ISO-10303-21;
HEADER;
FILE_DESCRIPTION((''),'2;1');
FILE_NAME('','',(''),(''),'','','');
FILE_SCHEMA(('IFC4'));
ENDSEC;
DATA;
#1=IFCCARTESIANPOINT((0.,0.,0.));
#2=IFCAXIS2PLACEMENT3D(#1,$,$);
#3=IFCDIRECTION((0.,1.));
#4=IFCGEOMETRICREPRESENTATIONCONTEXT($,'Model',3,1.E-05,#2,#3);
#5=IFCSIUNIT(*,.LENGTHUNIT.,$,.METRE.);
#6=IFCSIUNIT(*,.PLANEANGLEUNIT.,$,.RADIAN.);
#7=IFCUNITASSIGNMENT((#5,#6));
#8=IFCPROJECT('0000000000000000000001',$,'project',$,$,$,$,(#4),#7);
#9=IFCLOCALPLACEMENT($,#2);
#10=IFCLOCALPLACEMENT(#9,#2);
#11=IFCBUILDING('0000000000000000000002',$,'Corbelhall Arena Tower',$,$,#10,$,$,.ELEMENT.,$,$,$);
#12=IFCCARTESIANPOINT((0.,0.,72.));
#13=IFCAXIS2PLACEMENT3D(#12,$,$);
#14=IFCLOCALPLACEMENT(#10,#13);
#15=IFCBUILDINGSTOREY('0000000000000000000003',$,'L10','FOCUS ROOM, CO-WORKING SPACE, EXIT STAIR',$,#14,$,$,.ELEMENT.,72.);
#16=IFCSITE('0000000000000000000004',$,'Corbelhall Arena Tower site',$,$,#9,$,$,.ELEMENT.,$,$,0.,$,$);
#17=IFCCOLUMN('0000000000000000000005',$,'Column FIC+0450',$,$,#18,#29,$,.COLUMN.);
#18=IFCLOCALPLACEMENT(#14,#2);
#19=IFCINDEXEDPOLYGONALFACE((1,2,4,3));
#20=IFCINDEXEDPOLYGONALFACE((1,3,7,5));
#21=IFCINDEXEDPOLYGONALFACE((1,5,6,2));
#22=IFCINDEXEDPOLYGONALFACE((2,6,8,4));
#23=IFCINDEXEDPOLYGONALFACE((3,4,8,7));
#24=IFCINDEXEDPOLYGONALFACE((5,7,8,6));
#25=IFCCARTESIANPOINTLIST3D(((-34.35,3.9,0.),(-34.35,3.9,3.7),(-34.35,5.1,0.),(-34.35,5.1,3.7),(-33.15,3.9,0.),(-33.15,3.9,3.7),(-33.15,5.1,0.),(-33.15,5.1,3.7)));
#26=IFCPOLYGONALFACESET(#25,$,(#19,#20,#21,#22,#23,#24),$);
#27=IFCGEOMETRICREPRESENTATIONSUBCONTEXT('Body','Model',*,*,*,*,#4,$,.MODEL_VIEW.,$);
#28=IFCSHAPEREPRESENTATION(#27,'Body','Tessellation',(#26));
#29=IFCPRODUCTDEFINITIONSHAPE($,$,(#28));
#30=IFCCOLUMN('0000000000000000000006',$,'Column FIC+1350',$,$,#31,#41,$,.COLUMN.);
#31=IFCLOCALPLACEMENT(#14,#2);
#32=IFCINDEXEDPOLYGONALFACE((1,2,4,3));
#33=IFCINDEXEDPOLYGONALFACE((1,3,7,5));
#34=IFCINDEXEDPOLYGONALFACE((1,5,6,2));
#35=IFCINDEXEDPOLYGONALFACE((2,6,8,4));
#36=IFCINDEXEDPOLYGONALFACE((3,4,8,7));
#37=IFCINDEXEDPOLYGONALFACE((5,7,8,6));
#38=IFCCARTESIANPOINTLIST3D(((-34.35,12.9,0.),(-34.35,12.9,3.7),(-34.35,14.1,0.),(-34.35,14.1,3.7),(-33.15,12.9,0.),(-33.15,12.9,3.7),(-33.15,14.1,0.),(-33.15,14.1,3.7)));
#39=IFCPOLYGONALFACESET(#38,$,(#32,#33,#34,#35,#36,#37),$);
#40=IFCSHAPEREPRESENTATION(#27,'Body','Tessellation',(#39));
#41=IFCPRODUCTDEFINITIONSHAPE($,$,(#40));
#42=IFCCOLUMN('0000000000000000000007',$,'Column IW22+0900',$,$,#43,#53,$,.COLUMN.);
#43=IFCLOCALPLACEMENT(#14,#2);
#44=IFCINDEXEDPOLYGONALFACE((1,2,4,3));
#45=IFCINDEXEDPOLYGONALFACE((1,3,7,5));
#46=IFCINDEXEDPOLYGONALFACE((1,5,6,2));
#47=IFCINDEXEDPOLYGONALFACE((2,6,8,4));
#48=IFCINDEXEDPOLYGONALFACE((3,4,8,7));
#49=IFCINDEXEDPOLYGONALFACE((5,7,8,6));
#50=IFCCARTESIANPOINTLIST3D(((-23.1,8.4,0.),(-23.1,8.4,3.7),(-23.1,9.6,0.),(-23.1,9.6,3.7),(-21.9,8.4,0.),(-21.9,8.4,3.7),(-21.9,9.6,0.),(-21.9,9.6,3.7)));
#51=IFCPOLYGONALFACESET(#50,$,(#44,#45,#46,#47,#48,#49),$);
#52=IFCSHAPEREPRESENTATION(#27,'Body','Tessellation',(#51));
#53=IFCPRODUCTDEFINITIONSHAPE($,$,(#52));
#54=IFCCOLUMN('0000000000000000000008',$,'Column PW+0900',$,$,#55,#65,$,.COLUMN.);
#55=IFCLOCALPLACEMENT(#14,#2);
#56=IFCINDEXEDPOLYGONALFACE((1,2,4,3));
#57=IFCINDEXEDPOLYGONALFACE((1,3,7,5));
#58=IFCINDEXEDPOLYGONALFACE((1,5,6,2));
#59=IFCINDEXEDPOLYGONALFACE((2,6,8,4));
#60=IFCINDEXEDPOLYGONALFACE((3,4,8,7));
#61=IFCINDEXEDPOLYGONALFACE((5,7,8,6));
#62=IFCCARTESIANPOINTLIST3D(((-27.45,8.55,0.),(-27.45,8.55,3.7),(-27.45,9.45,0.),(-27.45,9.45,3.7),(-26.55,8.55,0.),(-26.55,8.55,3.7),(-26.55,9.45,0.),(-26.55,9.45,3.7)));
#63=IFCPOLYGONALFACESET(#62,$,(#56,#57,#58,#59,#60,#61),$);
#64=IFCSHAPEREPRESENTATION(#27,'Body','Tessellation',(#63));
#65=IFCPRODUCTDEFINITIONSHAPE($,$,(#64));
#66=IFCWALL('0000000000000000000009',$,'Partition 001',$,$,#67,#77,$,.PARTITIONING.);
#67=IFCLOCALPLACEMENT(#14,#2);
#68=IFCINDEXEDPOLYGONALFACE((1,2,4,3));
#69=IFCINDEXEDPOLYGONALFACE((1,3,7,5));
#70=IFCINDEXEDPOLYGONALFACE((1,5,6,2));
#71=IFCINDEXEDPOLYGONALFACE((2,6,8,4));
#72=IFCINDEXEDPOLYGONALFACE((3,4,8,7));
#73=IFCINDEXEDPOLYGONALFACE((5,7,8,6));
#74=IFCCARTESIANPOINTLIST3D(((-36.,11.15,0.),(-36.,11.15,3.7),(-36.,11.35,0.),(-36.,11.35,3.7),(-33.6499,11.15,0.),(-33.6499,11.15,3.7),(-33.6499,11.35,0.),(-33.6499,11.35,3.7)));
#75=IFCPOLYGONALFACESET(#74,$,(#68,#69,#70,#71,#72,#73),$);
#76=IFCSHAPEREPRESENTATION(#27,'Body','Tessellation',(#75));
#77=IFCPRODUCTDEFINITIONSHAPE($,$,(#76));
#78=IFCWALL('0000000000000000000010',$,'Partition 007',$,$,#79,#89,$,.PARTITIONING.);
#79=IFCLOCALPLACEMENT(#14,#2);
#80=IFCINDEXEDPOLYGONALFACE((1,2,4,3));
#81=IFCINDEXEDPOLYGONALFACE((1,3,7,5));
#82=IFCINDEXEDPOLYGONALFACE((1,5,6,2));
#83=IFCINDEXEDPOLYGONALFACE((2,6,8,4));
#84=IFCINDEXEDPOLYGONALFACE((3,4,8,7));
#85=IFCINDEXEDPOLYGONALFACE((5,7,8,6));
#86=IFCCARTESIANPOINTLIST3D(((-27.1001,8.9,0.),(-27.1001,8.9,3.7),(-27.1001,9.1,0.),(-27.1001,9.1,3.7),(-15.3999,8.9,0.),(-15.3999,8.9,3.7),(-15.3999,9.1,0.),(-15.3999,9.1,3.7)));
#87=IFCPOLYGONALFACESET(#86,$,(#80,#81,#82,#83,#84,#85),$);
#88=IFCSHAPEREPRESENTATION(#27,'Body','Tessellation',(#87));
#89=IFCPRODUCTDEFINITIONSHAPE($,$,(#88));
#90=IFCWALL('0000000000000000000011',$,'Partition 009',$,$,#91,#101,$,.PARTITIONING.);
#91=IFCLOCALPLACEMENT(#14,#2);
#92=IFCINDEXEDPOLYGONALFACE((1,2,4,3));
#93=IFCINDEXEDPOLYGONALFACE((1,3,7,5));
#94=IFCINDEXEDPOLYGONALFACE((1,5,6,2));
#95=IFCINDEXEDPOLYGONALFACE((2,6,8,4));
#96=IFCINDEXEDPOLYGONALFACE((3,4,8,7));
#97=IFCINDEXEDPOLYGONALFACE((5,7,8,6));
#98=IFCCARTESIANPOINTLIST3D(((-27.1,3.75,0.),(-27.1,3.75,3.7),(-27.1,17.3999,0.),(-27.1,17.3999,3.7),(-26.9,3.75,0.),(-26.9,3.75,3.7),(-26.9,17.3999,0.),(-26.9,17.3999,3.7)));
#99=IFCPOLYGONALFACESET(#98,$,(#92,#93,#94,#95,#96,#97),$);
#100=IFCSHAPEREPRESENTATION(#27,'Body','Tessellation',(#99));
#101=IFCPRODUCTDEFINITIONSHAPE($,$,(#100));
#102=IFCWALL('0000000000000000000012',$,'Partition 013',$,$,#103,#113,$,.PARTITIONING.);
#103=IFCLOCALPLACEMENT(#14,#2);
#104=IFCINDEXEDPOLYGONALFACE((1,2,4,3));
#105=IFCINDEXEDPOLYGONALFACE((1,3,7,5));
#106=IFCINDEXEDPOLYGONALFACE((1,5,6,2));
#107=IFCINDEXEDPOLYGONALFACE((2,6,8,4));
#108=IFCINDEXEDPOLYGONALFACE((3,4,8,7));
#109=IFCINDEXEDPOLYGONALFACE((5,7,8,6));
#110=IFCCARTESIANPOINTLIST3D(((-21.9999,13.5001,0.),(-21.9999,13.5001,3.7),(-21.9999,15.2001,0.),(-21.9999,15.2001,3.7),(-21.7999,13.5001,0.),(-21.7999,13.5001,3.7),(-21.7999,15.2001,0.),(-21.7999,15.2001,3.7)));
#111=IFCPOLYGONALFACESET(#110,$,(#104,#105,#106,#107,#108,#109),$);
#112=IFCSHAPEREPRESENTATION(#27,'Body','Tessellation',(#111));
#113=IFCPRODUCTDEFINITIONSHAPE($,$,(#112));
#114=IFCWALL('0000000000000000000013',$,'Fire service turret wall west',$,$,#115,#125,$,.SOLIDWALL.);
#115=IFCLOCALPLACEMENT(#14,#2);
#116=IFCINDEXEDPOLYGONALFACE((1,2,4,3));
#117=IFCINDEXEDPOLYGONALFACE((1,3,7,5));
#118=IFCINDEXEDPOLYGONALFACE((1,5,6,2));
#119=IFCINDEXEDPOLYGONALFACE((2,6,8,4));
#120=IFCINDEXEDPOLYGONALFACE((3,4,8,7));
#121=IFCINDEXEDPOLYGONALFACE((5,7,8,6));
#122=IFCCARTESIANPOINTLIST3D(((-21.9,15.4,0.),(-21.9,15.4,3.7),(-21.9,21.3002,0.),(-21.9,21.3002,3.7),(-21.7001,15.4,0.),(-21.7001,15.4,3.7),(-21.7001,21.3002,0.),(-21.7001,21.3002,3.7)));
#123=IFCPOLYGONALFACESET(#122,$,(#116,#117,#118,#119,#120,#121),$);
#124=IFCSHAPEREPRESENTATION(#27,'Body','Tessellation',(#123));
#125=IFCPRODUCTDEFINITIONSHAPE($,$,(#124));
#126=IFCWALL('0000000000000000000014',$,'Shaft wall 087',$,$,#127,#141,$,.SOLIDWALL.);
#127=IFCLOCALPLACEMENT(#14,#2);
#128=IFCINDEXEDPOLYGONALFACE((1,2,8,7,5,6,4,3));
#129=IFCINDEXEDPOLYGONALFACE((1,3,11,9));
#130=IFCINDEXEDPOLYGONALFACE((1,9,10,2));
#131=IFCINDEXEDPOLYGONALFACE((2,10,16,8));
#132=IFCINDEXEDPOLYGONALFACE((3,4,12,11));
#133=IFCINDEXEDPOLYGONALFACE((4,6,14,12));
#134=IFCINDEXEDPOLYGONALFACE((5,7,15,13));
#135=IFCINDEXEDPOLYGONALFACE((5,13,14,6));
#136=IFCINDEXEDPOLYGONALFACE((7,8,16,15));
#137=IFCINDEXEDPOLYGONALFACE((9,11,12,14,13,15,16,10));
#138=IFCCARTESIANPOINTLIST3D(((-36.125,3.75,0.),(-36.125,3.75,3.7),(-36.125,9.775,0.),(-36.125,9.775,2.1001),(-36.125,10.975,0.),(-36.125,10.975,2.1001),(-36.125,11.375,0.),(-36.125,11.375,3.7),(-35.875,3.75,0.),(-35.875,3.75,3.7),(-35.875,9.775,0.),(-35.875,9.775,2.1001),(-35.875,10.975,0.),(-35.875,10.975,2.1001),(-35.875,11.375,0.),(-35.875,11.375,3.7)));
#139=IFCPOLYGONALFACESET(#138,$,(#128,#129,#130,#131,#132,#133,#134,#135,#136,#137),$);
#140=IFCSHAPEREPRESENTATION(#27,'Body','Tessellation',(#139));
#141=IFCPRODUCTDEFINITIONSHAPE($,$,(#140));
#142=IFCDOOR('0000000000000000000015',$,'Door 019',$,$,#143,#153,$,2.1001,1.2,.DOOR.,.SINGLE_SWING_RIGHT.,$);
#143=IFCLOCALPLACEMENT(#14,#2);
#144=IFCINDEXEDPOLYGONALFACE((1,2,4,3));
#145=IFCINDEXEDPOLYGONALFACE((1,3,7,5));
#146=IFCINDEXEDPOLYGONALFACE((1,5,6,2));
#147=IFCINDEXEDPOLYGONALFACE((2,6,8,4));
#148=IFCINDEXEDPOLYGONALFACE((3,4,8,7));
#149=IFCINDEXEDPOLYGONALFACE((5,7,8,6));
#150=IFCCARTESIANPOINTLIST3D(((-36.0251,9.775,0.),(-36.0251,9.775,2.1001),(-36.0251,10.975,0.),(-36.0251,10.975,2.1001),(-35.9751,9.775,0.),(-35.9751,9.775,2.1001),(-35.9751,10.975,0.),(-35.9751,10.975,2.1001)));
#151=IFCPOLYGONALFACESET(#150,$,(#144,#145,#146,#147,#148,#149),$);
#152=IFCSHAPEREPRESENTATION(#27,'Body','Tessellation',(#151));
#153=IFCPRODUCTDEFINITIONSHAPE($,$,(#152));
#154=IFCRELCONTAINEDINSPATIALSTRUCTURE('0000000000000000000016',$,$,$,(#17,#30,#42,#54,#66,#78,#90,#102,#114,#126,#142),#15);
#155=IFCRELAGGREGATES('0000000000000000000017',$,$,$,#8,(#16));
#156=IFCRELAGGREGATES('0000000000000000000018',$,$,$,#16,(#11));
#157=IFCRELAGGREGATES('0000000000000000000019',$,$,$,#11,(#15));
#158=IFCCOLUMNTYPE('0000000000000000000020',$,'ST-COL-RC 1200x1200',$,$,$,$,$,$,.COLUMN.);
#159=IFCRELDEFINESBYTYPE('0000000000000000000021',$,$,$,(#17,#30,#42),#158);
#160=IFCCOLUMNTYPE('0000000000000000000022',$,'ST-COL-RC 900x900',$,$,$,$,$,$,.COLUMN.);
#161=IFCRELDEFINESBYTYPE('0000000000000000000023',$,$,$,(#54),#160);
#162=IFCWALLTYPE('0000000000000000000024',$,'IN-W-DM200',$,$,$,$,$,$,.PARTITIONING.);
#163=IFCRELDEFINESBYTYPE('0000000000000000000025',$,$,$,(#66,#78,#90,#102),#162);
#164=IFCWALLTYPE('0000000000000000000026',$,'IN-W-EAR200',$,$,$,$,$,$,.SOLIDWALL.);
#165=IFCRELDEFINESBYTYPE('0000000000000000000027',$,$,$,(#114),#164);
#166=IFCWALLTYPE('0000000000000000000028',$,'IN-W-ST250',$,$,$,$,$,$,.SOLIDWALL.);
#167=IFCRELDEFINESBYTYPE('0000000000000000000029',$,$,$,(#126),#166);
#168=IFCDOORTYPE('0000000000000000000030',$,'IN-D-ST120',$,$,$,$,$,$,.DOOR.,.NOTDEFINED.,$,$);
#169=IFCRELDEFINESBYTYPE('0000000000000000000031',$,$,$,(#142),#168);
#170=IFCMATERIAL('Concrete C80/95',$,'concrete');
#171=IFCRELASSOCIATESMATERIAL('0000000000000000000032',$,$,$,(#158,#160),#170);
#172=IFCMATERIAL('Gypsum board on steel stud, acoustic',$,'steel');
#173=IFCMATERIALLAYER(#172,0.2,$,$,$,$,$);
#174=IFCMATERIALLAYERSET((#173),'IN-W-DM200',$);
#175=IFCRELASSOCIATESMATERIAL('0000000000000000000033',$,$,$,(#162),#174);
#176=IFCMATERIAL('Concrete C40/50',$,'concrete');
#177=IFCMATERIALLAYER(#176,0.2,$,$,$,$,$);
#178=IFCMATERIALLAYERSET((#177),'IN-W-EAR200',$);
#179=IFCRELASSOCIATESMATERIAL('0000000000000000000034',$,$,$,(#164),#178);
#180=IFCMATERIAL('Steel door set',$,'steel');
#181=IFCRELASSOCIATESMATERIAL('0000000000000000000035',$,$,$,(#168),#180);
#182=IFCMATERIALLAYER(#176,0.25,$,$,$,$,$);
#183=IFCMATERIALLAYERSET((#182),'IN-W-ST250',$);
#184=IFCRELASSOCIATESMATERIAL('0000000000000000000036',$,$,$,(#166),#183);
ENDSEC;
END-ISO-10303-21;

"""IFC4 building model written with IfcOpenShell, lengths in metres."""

from ifc_helpers import new_model, si_unit, direction, frame, frame_2d, origin, origin_2d, place, context, subcontext, project, spatial, rectangle, extrude, material, layer, layer_set, material_profile, profile_set, type_object, element, fill, save


model = new_model("IFC4")

# Units and contexts
model_context = context("Model", 3, precision=1e-05, world=origin(), true_north=direction((0.0, 1.0)))
body_context = subcontext(model_context, "Body", "Model", "MODEL_VIEW")
ifc_project = project(units=[si_unit("LENGTHUNIT", "METRE"), si_unit("PLANEANGLEUNIT", "RADIAN")], contexts=[model_context])

# Site, building, storey
site_placement = place(None, origin())
site = spatial("IfcSite", under=ifc_project, at=site_placement, Name="Corbelhall Arena Tower site", CompositionType="ELEMENT", RefElevation=0.0)
building_placement = place(site_placement, origin())
building = spatial("IfcBuilding", under=site, at=building_placement, Name="Corbelhall Arena Tower", CompositionType="ELEMENT")
storey_placement = place(building_placement, frame((0.0, 0.0, 72.0)))
storey = spatial("IfcBuildingStorey", under=building, at=storey_placement, Name="L10", Description="FOCUS ROOM, CO-WORKING SPACE, EXIT STAIR", CompositionType="ELEMENT", Elevation=72.0)

# Columns
ifc_material_1 = material(Name="Concrete C80/95", Category="concrete")
ifc_material_profile_1 = material_profile(ifc_material_1, rectangle(XDim=1.2, YDim=1.2, at=origin_2d()))
ifc_profile_set_1 = profile_set([ifc_material_profile_1], Name="Concrete C80/95")
column_type_1 = type_object("IfcColumnType", Name="ST-COL-RC 1200x1200", PredefinedType="COLUMN", material=ifc_profile_set_1)
for number, where, z_axis, x_axis, name in (
    (1, (-33.75, 4.5, 0.0), (0.0, 0.0, 1.0), (1.0, 0.0, 0.0), "Column FIC+0450"),
    (2, (-33.75, 13.5, 0.0), (0.0, 0.0, 1.0), (1.0, 0.0, 0.0), "Column FIC+1350"),
    (3, (-22.5, 9.0, 0.0), (0.0, 0.0, 1.0), (1.0, 0.0, 0.0), "Column IW22+0900"),
):
    element("IfcColumn", number, at=place(storey_placement, frame(where, z_axis=z_axis, x_axis=x_axis)), inside=storey, type_object=column_type_1, Name=name, PredefinedType="COLUMN", context=body_context, shape_type="SweptSolid", body=[
        extrude(rectangle(XDim=1.2, YDim=1.2, at=origin_2d()), origin(), (0.0, 0.0, 1.0), 3.7),
    ])
ifc_material_profile_2 = material_profile(ifc_material_1, rectangle(XDim=0.8999, YDim=0.8999, at=origin_2d()))
ifc_profile_set_2 = profile_set([ifc_material_profile_2], Name="Concrete C80/95")
column_type_2 = type_object("IfcColumnType", Name="ST-COL-RC 900x900", PredefinedType="COLUMN", material=ifc_profile_set_2)
column_placement = place(storey_placement, frame((-27.0, 9.0, 0.0), z_axis=(0.0, 0.0, 1.0), x_axis=(1.0, 0.0, 0.0)))
element("IfcColumn", 4, at=column_placement, inside=storey, type_object=column_type_2, Name="Column PW+0900", PredefinedType="COLUMN", context=body_context, shape_type="SweptSolid", body=[
    extrude(rectangle(XDim=0.8999, YDim=0.8999, at=origin_2d()), origin(), (0.0, 0.0, 1.0), 3.7),
])

# Wall
ifc_material_2 = material(Name="Gypsum board on steel stud, acoustic", Category="steel")
ifc_layer_1 = layer(ifc_material_2, 0.2)
ifc_layer_set_1 = layer_set([ifc_layer_1], Name="IN-W-DM200")
wall_type_1 = type_object("IfcWallType", Name="IN-W-DM200", PredefinedType="PARTITIONING", material=ifc_layer_set_1)
wall_1_placement = place(storey_placement, frame((-36.0, 11.25, 0.0), z_axis=(0.0, 0.0, 1.0), x_axis=(1.0, 0.0, 0.0)))
element("IfcWall", 5, at=wall_1_placement, inside=storey, type_object=wall_type_1, Name="Partition 001", PredefinedType="PARTITIONING", context=body_context, shape_type="SweptSolid", body=[
    extrude(rectangle(XDim=2.3501, YDim=0.2, at=frame_2d((1.175, 0.0))), origin(), (0.0, 0.0, 1.0), 3.7),
])

# Shared definitions
ifc_material_3 = material(Name="Steel door set", Category="steel")

# Walls
wall_2_placement = place(storey_placement, frame((-27.1001, 9.0, 0.0), z_axis=(0.0, 0.0, 1.0), x_axis=(1.0, 0.0, 0.0)))
element("IfcWall", 6, at=wall_2_placement, inside=storey, type_object=wall_type_1, Name="Partition 007", PredefinedType="PARTITIONING", context=body_context, shape_type="SweptSolid", body=[
    extrude(rectangle(XDim=11.7002, YDim=0.2, at=frame_2d((5.8501, 0.0))), origin(), (0.0, 0.0, 1.0), 3.7),
])
wall_3_placement = place(storey_placement, frame((-27.0, 3.75, 0.0), z_axis=(0.0, 0.0, 1.0), x_axis=(0.0, 1.0, 0.0)))
element("IfcWall", 7, at=wall_3_placement, inside=storey, type_object=wall_type_1, Name="Partition 009", PredefinedType="PARTITIONING", context=body_context, shape_type="SweptSolid", body=[
    extrude(rectangle(XDim=13.6499, YDim=0.2, at=frame_2d((6.825, 0.0))), origin(), (0.0, 0.0, 1.0), 3.7),
])
wall_4_placement = place(storey_placement, frame((-21.8999, 13.5, 0.0), z_axis=(0.0, 0.0, 1.0), x_axis=(0.0, 1.0, 0.0)))
element("IfcWall", 8, at=wall_4_placement, inside=storey, type_object=wall_type_1, Name="Partition 013", PredefinedType="PARTITIONING", context=body_context, shape_type="SweptSolid", body=[
    extrude(rectangle(XDim=1.7, YDim=0.2, at=frame_2d((0.8501, 0.0))), origin(), (0.0, 0.0, 1.0), 3.7),
])

# Shared definitions
ifc_material_4 = material(Name="Concrete C40/50", Category="concrete")
ifc_layer_2 = layer(ifc_material_4, 0.2)
ifc_layer_set_2 = layer_set([ifc_layer_2], Name="IN-W-EAR200")
wall_type_2 = type_object("IfcWallType", Name="IN-W-EAR200", PredefinedType="SOLIDWALL", material=ifc_layer_set_2)
door_type_1 = type_object("IfcDoorType", Name="IN-D-ST120", OperationType="NOTDEFINED", PredefinedType="DOOR", material=ifc_material_3)

# Wall
wall_5_placement = place(storey_placement, frame((-21.8, 15.3999, 0.0), z_axis=(0.0, 0.0, 1.0), x_axis=(0.0, 1.0, 0.0)))
element("IfcWall", 9, at=wall_5_placement, inside=storey, type_object=wall_type_2, Name="Fire service turret wall west", PredefinedType="SOLIDWALL", context=body_context, shape_type="SweptSolid", body=[
    extrude(rectangle(XDim=5.9001, YDim=0.2, at=frame_2d((2.9502, 0.0))), origin(), (0.0, 0.0, 1.0), 3.7),
])

# Wall, opening, door
ifc_layer_3 = layer(ifc_material_4, 0.25)
ifc_layer_set_3 = layer_set([ifc_layer_3], Name="IN-W-ST250")
wall_type_3 = type_object("IfcWallType", Name="IN-W-ST250", PredefinedType="SOLIDWALL", material=ifc_layer_set_3)
wall_6_placement = place(storey_placement, frame((-36.0, 11.375, 0.0), z_axis=(0.0, 0.0, 1.0), x_axis=(0.0, -1.0, 0.0)))
wall_6 = element("IfcWall", 10, at=wall_6_placement, inside=storey, type_object=wall_type_3, Name="Shaft wall 087", PredefinedType="SOLIDWALL", context=body_context, shape_type="SweptSolid", body=[
    extrude(rectangle(XDim=7.625, YDim=0.25, at=frame_2d((3.8125, 0.0))), origin(), (0.0, 0.0, 1.0), 3.7),
])
opening_1_placement = place(wall_6_placement, frame((0.3999, 0.0, 0.0)))
opening_1 = element("IfcOpeningElement", 11, at=opening_1_placement, cuts=wall_6, PredefinedType="OPENING", context=body_context, shape_type="SweptSolid", body=[
    extrude(rectangle(XDim=1.2, YDim=2.1001, at=frame_2d((0.6001, 1.05))), frame((0.0, 0.125, 0.0), z_axis=(0.0, -1.0, 0.0), x_axis=(1.0, 0.0, 0.0)), (0.0, 0.0, 1.0), 0.25),
])
door_1_placement = place(opening_1_placement, origin())
door_1 = element("IfcDoor", 12, at=door_1_placement, inside=storey, type_object=door_type_1, Name="Door 019", OperationType="SINGLE_SWING_RIGHT", OverallHeight=2.1001, OverallWidth=1.2, PredefinedType="DOOR", context=body_context, shape_type="SweptSolid", body=[
    extrude(rectangle(XDim=1.2, YDim=2.1001, at=frame_2d((0.6001, 1.05))), frame((0.0, 0.0249, 0.0), z_axis=(0.0, -1.0, 0.0), x_axis=(1.0, 0.0, 0.0)), (0.0, 0.0, 1.0), 0.05),
])
fill(opening_1, door_1)

save(model, "model.ifc")
